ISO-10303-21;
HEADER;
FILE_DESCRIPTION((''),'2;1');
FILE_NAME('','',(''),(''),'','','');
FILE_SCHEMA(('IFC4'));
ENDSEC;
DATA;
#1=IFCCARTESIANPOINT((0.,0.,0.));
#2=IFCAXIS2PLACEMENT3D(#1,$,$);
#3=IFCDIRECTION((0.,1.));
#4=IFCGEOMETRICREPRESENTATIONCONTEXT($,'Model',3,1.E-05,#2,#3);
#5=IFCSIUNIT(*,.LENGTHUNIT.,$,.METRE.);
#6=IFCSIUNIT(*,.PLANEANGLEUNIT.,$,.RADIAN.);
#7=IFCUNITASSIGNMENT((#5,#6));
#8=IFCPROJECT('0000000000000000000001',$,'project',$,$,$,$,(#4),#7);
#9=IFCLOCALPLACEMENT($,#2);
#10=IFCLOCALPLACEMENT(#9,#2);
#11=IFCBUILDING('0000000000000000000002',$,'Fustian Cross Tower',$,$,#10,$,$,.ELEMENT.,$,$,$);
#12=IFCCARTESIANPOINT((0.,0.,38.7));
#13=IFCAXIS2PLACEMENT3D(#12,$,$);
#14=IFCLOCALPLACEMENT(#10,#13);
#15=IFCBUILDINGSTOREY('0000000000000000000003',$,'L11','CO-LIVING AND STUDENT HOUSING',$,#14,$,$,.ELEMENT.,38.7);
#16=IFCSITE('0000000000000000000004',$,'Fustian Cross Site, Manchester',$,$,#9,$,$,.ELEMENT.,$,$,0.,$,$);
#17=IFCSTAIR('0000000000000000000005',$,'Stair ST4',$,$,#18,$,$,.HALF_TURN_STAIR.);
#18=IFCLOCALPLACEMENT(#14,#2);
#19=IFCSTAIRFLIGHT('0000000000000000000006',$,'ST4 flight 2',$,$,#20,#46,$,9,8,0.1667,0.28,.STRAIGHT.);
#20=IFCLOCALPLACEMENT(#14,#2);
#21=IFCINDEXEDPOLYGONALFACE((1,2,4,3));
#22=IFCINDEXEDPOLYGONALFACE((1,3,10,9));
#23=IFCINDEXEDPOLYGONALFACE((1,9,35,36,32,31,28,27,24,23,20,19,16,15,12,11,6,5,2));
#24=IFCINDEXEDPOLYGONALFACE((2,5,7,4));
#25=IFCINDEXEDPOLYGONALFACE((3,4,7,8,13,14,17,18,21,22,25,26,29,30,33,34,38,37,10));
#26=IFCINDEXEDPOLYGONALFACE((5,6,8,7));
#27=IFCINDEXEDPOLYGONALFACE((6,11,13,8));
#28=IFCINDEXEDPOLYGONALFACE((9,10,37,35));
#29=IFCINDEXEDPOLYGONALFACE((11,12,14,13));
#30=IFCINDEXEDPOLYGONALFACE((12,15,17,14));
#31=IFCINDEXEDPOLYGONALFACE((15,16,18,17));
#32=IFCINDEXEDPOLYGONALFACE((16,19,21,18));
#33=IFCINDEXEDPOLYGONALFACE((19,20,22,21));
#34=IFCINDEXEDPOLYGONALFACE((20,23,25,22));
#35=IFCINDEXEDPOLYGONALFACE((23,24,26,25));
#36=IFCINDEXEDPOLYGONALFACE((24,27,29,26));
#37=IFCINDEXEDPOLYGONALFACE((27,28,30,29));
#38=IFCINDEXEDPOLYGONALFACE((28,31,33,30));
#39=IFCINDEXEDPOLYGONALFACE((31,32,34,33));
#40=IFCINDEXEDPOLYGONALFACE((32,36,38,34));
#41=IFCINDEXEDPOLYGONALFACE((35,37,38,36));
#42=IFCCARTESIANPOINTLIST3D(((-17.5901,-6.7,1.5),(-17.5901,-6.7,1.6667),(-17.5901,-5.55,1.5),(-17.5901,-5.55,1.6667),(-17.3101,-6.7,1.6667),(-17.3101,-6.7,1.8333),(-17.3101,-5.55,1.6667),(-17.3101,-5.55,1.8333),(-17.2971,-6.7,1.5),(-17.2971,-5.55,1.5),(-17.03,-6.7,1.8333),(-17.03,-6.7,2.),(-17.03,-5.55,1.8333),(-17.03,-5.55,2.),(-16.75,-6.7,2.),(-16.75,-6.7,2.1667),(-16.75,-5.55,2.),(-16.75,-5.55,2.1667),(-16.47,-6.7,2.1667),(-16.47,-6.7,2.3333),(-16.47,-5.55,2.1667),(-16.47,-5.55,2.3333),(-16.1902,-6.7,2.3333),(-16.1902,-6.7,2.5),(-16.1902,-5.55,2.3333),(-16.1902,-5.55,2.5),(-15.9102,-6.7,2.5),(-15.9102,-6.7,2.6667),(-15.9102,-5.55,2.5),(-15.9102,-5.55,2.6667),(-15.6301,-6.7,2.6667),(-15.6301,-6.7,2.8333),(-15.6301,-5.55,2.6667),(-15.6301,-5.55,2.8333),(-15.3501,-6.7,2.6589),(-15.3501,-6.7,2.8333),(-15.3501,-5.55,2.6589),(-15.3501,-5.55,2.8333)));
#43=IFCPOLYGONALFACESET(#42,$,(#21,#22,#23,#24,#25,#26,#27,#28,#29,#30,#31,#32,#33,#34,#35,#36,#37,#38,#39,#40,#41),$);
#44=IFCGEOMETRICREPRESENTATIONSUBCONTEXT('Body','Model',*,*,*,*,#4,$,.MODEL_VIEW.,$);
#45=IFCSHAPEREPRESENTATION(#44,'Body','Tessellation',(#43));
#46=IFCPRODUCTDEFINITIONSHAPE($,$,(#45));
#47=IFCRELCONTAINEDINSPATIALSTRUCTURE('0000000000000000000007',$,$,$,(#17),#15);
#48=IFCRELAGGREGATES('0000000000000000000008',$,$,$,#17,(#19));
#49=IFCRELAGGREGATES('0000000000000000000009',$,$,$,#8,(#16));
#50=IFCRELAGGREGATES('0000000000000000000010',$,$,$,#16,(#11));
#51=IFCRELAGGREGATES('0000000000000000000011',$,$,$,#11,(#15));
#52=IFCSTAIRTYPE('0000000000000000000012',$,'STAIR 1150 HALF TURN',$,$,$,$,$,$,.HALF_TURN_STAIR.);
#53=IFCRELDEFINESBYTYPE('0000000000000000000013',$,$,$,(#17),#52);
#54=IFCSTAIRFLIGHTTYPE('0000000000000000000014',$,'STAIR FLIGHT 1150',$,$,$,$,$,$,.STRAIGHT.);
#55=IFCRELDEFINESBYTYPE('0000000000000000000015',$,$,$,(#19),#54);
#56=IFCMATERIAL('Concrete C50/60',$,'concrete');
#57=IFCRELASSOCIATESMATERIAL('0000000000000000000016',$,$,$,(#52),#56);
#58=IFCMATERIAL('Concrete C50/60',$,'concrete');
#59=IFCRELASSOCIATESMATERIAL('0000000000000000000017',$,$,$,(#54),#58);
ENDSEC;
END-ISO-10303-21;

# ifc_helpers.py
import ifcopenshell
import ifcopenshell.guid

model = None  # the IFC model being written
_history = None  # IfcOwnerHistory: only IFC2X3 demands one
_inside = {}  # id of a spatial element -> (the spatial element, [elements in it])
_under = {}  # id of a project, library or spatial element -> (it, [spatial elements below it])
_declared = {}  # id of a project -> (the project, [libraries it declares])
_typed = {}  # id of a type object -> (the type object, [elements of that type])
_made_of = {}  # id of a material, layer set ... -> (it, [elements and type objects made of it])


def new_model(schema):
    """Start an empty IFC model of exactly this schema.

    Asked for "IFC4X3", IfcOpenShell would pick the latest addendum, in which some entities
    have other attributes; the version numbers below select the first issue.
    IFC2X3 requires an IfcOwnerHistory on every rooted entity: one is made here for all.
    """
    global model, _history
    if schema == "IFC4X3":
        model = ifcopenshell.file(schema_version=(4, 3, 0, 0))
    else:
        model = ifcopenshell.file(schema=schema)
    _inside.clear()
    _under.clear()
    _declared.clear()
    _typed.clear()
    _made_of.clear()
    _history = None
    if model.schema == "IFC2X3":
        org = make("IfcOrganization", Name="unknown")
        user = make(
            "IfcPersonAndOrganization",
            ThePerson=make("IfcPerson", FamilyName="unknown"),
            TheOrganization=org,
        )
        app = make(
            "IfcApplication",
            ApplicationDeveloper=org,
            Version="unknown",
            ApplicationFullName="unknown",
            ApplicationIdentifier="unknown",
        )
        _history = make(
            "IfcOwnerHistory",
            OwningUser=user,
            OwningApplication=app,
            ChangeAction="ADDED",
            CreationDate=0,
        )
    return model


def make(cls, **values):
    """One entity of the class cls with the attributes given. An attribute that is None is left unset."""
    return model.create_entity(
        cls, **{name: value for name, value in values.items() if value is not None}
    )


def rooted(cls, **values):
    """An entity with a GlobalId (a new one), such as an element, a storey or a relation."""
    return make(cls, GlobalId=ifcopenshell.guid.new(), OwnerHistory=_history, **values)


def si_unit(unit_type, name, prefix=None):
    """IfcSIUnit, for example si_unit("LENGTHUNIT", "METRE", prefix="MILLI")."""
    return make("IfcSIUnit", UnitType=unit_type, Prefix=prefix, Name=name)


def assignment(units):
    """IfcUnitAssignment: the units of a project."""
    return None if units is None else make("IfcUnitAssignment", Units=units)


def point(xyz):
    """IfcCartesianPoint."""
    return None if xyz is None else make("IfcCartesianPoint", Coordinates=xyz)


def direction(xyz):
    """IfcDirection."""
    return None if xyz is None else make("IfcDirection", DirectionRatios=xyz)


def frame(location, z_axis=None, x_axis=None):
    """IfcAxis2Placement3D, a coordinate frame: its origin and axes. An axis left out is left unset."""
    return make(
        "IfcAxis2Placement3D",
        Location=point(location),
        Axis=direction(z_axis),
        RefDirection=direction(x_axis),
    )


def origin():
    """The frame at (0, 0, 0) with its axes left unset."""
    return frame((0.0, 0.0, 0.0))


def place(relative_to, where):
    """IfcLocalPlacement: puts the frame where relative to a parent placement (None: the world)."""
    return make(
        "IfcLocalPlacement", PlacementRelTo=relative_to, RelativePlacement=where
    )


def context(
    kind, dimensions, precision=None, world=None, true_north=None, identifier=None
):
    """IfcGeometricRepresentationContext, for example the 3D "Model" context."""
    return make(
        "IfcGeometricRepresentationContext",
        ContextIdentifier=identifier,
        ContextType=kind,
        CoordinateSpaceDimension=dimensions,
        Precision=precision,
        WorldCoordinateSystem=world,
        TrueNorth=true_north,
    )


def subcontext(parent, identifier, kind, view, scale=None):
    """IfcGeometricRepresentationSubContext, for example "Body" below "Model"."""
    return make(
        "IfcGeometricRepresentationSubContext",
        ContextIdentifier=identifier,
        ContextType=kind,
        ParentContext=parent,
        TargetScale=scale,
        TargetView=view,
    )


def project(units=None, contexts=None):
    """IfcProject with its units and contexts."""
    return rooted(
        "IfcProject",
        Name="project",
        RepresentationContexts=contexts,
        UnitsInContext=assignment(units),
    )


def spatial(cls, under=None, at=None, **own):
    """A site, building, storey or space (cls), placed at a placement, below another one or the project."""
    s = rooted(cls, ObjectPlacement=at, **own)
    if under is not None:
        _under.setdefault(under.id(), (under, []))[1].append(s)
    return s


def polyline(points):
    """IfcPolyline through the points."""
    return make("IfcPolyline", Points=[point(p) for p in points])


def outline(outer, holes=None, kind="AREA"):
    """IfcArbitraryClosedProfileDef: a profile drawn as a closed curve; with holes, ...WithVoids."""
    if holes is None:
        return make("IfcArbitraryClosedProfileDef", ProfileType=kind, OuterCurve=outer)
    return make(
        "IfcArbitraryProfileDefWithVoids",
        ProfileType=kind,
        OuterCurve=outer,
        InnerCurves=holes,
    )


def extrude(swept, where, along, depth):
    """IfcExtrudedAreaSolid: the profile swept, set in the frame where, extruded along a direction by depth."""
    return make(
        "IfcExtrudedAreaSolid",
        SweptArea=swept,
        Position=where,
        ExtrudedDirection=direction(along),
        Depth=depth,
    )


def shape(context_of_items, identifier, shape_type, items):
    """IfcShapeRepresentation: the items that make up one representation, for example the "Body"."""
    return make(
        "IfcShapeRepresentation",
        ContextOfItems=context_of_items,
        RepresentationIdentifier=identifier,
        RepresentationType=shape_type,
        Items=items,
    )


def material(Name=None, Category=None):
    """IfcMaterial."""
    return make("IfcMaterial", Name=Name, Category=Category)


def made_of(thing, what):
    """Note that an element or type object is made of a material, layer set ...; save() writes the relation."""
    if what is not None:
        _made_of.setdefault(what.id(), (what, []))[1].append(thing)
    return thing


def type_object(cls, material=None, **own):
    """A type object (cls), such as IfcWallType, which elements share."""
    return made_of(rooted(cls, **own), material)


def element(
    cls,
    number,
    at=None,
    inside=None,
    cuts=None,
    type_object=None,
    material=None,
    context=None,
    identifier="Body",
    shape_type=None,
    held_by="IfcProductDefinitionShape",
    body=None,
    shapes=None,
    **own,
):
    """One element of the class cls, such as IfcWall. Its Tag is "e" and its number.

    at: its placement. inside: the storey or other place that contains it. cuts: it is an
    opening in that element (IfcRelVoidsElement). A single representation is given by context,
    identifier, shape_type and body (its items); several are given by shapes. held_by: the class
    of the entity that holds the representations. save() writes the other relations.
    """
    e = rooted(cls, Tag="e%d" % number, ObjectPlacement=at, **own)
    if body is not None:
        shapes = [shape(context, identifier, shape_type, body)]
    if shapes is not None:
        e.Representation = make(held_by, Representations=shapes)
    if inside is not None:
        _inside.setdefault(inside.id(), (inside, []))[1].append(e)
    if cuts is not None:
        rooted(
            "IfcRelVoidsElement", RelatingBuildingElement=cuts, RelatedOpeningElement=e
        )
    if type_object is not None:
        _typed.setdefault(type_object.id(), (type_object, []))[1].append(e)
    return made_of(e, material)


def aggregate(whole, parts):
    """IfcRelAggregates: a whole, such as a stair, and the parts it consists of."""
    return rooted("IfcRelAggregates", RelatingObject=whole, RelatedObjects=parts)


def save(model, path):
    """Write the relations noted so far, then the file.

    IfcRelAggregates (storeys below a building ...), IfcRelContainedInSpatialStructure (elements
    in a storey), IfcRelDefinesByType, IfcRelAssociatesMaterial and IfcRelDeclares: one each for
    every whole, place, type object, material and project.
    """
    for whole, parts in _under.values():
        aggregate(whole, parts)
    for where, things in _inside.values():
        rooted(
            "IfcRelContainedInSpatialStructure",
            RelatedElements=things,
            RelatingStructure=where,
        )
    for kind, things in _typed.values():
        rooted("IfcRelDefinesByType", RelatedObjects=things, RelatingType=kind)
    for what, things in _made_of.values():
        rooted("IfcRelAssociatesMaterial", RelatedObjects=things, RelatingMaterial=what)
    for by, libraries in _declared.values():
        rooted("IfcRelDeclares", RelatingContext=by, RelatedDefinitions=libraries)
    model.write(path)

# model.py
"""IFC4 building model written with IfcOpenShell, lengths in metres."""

from ifc_helpers import new_model, si_unit, direction, frame, origin, place, context, subcontext, project, spatial, polyline, outline, extrude, material, type_object, element, aggregate, save


model = new_model("IFC4")

# Units and contexts
model_context = context("Model", 3, precision=1e-05, world=origin(), true_north=direction((0.0, 1.0)))
body_context = subcontext(model_context, "Body", "Model", "MODEL_VIEW")
ifc_project = project(units=[si_unit("LENGTHUNIT", "METRE"), si_unit("PLANEANGLEUNIT", "RADIAN")], contexts=[model_context])

# Site, building, storey
site_placement = place(None, origin())
site = spatial("IfcSite", under=ifc_project, at=site_placement, Name="Fustian Cross Site, Manchester", CompositionType="ELEMENT", RefElevation=0.0)
building_placement = place(site_placement, origin())
building = spatial("IfcBuilding", under=site, at=building_placement, Name="Fustian Cross Tower", CompositionType="ELEMENT")
storey_placement = place(building_placement, frame((0.0, 0.0, 38.7)))
storey = spatial("IfcBuildingStorey", under=building, at=storey_placement, Name="L11", Description="CO-LIVING AND STUDENT HOUSING", CompositionType="ELEMENT", Elevation=38.7)

# Stair, stair flight
ifc_material_1 = material(Name="Concrete C50/60", Category="concrete")
stair_type = type_object("IfcStairType", Name="STAIR 1150 HALF TURN", PredefinedType="HALF_TURN_STAIR", material=ifc_material_1)
stair_placement = place(storey_placement, origin())
stair = element("IfcStair", 1, at=stair_placement, inside=storey, type_object=stair_type, Name="Stair ST4", PredefinedType="HALF_TURN_STAIR")
ifc_material_2 = material(Name="Concrete C50/60", Category="concrete")
stair_flight_type = type_object("IfcStairFlightType", Name="STAIR FLIGHT 1150", PredefinedType="STRAIGHT", material=ifc_material_2)
stair_flight_1_placement = place(storey_placement, frame((-17.5901, -6.125, 1.5), z_axis=(0.0, 0.0, 1.0), x_axis=(1.0, 0.0, 0.0)))
stair_flight_1 = element("IfcStairFlight", 2, at=stair_flight_1_placement, type_object=stair_flight_type, Name="ST4 flight 2", NumberOfRisers=9, NumberOfTreads=8, PredefinedType="STRAIGHT", RiserHeight=0.1667, TreadLength=0.28, context=body_context, shape_type="SweptSolid", body=[
    extrude(outline(polyline([(0.0, 0.0), (0.0, 0.1667), (0.28, 0.1667), (0.28, 0.3333), (0.5601, 0.3333), (0.5601, 0.5), (0.8401, 0.5), (0.8401, 0.6667), (1.1201, 0.6667), (1.1201, 0.8333), (1.3999, 0.8333), (1.3999, 1.0), (1.6799, 1.0), (1.6799, 1.1667), (1.96, 1.1667), (1.96, 1.3333), (2.24, 1.3333), (2.24, 1.5), (2.24, 1.1589), (0.293, 0.0), (0.0, 0.0)])), frame((0.0, 0.575, 0.0), z_axis=(0.0, -1.0, 0.0), x_axis=(1.0, 0.0, 0.0)), (0.0, 0.0, 1.0), 1.1499),
])
aggregate(stair, [stair_flight_1])

save(model, "model.ifc")
